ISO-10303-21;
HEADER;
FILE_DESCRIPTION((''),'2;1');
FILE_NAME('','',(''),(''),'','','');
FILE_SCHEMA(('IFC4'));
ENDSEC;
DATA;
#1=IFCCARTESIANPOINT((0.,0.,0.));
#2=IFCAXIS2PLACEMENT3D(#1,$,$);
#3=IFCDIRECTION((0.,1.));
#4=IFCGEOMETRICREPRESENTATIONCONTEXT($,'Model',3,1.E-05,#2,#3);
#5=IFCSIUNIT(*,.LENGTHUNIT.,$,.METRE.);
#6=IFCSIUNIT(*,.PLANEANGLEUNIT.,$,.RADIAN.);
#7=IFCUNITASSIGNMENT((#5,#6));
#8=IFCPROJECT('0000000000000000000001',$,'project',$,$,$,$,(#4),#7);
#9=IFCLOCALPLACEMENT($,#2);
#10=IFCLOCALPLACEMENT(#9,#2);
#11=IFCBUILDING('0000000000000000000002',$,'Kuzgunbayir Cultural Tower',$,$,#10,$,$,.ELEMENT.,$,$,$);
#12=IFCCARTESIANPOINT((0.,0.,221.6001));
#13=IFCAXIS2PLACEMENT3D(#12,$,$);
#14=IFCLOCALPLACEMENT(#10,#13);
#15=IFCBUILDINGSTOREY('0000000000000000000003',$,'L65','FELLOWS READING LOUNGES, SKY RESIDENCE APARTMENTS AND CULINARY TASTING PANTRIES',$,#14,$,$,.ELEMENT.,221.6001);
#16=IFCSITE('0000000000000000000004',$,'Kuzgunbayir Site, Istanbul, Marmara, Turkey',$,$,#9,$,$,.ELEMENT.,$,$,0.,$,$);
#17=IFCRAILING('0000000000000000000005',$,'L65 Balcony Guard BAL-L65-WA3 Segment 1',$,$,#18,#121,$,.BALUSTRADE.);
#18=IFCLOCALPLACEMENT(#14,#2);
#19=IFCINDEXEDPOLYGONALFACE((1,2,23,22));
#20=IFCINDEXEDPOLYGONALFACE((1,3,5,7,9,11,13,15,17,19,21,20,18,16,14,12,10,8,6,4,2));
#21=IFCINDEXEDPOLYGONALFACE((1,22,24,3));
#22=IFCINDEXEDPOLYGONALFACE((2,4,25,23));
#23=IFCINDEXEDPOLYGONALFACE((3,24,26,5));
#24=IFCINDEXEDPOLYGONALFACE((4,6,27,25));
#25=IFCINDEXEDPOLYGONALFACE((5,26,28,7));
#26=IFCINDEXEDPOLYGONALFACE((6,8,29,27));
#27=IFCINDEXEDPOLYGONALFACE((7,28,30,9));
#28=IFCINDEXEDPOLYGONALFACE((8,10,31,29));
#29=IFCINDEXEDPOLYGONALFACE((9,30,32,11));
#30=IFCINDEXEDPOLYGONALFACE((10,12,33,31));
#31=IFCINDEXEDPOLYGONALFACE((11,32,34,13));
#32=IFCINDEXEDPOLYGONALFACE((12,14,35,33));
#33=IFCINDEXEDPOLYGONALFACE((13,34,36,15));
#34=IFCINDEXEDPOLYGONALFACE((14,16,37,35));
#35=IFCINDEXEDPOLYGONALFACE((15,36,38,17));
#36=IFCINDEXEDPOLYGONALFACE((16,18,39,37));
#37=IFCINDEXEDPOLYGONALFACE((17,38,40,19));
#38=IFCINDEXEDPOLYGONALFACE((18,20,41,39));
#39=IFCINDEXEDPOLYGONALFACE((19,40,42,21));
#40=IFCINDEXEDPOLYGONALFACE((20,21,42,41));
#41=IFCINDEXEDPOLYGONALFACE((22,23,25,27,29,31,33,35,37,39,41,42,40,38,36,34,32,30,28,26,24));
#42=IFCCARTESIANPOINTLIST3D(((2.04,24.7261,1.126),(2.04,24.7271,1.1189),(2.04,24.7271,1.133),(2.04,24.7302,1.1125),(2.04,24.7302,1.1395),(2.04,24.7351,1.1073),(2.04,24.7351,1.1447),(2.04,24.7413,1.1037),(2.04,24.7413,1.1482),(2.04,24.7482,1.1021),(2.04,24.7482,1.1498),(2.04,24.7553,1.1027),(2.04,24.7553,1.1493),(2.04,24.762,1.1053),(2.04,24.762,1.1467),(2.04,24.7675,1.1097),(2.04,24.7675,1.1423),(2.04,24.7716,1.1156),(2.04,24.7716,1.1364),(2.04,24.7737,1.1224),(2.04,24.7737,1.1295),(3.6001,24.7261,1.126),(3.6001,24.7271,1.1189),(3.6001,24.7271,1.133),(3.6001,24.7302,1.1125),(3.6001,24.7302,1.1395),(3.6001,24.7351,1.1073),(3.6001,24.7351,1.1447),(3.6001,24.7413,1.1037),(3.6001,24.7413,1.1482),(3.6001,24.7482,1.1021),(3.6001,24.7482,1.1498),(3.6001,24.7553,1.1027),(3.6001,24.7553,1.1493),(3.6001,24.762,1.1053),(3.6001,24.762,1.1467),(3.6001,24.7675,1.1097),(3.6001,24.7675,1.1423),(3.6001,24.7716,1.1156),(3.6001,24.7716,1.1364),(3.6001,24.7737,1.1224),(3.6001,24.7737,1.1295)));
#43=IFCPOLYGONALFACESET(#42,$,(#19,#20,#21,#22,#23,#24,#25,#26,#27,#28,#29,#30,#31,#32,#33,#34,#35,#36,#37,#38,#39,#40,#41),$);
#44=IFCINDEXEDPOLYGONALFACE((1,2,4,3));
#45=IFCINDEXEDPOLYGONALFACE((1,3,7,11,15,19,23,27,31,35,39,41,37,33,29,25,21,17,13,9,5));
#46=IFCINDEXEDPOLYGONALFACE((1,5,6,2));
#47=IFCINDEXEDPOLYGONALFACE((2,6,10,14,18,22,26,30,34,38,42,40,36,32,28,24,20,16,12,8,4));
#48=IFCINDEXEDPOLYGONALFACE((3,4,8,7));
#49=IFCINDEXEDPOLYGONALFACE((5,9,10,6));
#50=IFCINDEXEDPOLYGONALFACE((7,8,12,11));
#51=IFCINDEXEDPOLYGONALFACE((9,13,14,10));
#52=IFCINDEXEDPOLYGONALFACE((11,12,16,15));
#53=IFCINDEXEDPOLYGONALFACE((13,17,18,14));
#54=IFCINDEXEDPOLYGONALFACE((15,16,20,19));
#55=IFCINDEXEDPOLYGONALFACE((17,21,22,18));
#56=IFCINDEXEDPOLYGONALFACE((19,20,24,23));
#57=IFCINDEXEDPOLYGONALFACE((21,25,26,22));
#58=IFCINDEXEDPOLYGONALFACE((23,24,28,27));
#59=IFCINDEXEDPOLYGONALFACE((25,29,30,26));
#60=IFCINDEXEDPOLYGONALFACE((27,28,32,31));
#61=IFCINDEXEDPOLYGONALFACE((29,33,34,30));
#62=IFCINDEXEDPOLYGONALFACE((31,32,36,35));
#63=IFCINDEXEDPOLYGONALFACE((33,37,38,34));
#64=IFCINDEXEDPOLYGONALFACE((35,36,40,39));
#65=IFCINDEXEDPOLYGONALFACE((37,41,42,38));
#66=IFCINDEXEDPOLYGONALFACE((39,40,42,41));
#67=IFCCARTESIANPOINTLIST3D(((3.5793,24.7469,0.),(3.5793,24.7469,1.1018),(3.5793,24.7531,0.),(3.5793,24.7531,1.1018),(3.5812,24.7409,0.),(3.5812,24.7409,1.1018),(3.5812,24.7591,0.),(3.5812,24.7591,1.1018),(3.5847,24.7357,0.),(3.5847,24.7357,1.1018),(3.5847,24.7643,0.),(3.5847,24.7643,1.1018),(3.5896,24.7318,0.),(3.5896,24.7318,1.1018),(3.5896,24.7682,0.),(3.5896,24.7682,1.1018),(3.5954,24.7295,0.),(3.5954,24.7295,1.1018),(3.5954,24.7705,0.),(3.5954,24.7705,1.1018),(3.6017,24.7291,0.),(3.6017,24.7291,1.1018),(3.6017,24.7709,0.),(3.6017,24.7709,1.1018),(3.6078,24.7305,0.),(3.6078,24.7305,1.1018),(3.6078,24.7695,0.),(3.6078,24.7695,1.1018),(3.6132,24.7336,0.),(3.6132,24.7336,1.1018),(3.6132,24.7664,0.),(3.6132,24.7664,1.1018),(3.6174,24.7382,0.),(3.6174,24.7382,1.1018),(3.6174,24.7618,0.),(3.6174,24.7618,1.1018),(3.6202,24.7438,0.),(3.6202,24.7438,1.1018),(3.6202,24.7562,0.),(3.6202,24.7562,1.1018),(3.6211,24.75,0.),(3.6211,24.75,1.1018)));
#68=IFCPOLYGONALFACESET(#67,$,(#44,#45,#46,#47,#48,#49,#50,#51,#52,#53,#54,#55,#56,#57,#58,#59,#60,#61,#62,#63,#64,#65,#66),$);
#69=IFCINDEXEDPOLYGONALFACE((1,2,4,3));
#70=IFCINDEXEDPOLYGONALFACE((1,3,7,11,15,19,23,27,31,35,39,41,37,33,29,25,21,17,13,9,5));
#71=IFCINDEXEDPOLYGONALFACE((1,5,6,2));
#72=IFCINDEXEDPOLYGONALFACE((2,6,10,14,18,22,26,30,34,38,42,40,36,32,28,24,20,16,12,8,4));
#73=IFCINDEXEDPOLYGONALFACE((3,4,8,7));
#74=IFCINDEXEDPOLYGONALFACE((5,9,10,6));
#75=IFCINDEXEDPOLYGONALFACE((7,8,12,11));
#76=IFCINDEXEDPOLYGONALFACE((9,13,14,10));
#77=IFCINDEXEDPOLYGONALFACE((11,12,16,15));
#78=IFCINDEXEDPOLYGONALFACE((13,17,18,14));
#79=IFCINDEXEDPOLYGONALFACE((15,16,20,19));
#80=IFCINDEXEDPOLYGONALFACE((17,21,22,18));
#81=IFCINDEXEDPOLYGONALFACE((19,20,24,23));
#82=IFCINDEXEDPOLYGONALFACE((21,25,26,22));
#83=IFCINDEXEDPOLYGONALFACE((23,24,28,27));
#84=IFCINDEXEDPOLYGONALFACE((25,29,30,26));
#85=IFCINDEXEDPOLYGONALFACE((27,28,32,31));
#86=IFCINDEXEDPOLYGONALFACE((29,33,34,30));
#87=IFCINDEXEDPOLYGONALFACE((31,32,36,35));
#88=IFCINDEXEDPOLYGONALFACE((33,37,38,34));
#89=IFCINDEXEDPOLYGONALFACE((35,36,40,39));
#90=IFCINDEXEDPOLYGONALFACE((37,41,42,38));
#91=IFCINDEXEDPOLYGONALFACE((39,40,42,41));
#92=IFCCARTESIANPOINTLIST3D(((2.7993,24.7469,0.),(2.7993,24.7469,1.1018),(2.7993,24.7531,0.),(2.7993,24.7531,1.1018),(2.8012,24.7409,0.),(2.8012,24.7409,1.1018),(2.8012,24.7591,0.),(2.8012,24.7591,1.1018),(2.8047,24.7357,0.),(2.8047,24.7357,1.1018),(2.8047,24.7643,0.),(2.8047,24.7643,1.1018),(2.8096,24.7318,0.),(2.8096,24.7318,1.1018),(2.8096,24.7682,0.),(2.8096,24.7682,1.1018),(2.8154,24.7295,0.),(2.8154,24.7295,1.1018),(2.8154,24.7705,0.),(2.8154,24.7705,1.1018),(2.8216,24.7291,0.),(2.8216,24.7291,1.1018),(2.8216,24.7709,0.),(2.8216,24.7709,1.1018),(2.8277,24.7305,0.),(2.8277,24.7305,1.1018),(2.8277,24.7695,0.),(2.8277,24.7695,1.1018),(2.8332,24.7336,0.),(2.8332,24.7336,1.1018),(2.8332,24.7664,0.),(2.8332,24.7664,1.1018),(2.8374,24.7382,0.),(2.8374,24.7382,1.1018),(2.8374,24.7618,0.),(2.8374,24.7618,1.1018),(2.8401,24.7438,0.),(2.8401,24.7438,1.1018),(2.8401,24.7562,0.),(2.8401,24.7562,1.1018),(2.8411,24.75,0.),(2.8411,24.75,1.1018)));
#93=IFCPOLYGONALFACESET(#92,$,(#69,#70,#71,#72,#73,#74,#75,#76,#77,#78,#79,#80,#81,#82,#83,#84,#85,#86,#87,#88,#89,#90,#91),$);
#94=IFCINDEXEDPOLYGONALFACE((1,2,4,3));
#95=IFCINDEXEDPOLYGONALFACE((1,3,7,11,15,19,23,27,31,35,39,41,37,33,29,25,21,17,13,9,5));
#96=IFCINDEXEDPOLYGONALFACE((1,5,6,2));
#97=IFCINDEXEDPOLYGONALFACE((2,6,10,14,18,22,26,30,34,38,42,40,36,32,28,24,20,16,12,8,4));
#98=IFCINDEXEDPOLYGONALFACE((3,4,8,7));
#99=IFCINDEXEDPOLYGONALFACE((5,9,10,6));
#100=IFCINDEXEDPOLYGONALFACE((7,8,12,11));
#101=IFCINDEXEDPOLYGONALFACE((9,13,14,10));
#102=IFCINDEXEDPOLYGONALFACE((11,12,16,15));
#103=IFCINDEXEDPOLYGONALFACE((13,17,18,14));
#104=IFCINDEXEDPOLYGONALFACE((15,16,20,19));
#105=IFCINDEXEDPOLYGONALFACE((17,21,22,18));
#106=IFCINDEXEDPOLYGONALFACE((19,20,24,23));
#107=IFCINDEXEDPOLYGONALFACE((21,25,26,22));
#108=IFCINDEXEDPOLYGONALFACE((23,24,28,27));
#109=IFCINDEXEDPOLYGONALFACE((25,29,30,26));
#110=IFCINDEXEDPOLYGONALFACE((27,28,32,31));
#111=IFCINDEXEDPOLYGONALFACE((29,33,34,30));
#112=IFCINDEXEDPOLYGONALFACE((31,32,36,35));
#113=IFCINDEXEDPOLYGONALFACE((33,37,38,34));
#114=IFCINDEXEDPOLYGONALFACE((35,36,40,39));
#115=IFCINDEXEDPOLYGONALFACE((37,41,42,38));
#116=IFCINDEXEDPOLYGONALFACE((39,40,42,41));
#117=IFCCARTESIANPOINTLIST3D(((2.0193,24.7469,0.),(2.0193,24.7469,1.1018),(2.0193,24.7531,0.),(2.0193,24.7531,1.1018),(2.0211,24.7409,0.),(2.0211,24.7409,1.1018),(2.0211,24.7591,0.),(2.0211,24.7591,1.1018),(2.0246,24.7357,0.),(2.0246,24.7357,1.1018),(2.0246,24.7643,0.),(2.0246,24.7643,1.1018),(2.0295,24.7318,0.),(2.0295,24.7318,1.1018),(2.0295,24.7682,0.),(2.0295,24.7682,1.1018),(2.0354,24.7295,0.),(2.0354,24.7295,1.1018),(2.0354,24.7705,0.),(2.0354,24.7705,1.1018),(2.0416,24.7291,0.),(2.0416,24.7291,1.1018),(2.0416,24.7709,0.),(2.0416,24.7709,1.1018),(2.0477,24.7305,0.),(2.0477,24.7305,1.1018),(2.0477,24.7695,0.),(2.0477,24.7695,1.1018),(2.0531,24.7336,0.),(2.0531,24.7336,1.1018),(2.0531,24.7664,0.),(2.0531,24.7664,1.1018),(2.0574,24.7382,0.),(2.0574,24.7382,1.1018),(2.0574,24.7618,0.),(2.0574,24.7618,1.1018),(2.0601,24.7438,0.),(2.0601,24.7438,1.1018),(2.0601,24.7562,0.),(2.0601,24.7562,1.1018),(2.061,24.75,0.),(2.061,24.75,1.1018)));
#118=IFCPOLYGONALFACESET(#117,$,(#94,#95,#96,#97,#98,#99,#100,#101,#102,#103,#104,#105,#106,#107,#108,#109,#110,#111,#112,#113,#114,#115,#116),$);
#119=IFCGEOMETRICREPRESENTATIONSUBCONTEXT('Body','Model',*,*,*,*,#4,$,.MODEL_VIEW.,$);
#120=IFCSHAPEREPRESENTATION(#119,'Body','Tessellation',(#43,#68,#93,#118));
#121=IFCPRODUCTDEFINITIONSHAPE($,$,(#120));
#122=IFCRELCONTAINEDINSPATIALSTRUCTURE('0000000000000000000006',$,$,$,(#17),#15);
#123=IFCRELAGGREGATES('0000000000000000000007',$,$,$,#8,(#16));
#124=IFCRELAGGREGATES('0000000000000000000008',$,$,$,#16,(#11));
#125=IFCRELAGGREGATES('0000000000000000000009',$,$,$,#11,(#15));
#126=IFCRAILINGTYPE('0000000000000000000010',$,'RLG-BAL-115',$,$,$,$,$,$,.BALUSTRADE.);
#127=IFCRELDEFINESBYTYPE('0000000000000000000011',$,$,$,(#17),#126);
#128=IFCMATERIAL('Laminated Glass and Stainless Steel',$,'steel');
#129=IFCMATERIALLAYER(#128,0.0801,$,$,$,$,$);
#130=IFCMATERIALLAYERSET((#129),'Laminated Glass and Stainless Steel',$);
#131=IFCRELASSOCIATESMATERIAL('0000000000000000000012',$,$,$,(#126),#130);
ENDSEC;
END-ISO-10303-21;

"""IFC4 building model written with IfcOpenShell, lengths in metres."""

from ifc_helpers import new_model, si_unit, direction, frame, origin, origin_2d, place, context, subcontext, project, spatial, circle, extrude, material, layer, layer_set, type_object, element, save


model = new_model("IFC4")

# Units and contexts
model_context = context("Model", 3, precision=1e-05, world=origin(), true_north=direction((0.0, 1.0)))
body_context = subcontext(model_context, "Body", "Model", "MODEL_VIEW")
ifc_project = project(units=[si_unit("LENGTHUNIT", "METRE"), si_unit("PLANEANGLEUNIT", "RADIAN")], contexts=[model_context])

# Site, building, storey
site_placement = place(None, origin())
site = spatial("IfcSite", under=ifc_project, at=site_placement, Name="Kuzgunbayir Site, Istanbul, Marmara, Turkey", CompositionType="ELEMENT", RefElevation=0.0)
building_placement = place(site_placement, origin())
building = spatial("IfcBuilding", under=site, at=building_placement, Name="Kuzgunbayir Cultural Tower", CompositionType="ELEMENT")
storey_placement = place(building_placement, frame((0.0, 0.0, 221.6001)))
storey = spatial("IfcBuildingStorey", under=building, at=storey_placement, Name="L65", Description="FELLOWS READING LOUNGES, SKY RESIDENCE APARTMENTS AND CULINARY TASTING PANTRIES", CompositionType="ELEMENT", Elevation=221.6001)

# Railing
ifc_material_1 = material(Name="Laminated Glass and Stainless Steel", Category="steel")
ifc_layer_1 = layer(ifc_material_1, 0.0801)
ifc_layer_set_1 = layer_set([ifc_layer_1], Name="Laminated Glass and Stainless Steel")
railing_type = type_object("IfcRailingType", Name="RLG-BAL-115", PredefinedType="BALUSTRADE", material=ifc_layer_set_1)
railing_1_placement = place(storey_placement, frame((3.6001, 24.75, 0.0)))
element("IfcRailing", 1, at=railing_1_placement, inside=storey, type_object=railing_type, Name="L65 Balcony Guard BAL-L65-WA3 Segment 1", PredefinedType="BALUSTRADE", context=body_context, shape_type="SweptSolid", body=[
    extrude(circle(Radius=0.0239, at=origin_2d()), frame((0.0, 0.0, 1.126), z_axis=(-1.0, 0.0, 0.0), x_axis=(0.0, -1.0, 0.0)), (0.0, 0.0, 1.0), 1.5601),
    extrude(circle(Radius=0.021, at=origin_2d()), origin(), (0.0, 0.0, 1.0), 1.1018),
    extrude(circle(Radius=0.021, at=origin_2d()), frame((-0.78, 0.0, 0.0)), (0.0, 0.0, 1.0), 1.1018),
    extrude(circle(Radius=0.021, at=origin_2d()), frame((-1.5601, 0.0, 0.0)), (0.0, 0.0, 1.0), 1.1018),
])

save(model, "model.ifc")
